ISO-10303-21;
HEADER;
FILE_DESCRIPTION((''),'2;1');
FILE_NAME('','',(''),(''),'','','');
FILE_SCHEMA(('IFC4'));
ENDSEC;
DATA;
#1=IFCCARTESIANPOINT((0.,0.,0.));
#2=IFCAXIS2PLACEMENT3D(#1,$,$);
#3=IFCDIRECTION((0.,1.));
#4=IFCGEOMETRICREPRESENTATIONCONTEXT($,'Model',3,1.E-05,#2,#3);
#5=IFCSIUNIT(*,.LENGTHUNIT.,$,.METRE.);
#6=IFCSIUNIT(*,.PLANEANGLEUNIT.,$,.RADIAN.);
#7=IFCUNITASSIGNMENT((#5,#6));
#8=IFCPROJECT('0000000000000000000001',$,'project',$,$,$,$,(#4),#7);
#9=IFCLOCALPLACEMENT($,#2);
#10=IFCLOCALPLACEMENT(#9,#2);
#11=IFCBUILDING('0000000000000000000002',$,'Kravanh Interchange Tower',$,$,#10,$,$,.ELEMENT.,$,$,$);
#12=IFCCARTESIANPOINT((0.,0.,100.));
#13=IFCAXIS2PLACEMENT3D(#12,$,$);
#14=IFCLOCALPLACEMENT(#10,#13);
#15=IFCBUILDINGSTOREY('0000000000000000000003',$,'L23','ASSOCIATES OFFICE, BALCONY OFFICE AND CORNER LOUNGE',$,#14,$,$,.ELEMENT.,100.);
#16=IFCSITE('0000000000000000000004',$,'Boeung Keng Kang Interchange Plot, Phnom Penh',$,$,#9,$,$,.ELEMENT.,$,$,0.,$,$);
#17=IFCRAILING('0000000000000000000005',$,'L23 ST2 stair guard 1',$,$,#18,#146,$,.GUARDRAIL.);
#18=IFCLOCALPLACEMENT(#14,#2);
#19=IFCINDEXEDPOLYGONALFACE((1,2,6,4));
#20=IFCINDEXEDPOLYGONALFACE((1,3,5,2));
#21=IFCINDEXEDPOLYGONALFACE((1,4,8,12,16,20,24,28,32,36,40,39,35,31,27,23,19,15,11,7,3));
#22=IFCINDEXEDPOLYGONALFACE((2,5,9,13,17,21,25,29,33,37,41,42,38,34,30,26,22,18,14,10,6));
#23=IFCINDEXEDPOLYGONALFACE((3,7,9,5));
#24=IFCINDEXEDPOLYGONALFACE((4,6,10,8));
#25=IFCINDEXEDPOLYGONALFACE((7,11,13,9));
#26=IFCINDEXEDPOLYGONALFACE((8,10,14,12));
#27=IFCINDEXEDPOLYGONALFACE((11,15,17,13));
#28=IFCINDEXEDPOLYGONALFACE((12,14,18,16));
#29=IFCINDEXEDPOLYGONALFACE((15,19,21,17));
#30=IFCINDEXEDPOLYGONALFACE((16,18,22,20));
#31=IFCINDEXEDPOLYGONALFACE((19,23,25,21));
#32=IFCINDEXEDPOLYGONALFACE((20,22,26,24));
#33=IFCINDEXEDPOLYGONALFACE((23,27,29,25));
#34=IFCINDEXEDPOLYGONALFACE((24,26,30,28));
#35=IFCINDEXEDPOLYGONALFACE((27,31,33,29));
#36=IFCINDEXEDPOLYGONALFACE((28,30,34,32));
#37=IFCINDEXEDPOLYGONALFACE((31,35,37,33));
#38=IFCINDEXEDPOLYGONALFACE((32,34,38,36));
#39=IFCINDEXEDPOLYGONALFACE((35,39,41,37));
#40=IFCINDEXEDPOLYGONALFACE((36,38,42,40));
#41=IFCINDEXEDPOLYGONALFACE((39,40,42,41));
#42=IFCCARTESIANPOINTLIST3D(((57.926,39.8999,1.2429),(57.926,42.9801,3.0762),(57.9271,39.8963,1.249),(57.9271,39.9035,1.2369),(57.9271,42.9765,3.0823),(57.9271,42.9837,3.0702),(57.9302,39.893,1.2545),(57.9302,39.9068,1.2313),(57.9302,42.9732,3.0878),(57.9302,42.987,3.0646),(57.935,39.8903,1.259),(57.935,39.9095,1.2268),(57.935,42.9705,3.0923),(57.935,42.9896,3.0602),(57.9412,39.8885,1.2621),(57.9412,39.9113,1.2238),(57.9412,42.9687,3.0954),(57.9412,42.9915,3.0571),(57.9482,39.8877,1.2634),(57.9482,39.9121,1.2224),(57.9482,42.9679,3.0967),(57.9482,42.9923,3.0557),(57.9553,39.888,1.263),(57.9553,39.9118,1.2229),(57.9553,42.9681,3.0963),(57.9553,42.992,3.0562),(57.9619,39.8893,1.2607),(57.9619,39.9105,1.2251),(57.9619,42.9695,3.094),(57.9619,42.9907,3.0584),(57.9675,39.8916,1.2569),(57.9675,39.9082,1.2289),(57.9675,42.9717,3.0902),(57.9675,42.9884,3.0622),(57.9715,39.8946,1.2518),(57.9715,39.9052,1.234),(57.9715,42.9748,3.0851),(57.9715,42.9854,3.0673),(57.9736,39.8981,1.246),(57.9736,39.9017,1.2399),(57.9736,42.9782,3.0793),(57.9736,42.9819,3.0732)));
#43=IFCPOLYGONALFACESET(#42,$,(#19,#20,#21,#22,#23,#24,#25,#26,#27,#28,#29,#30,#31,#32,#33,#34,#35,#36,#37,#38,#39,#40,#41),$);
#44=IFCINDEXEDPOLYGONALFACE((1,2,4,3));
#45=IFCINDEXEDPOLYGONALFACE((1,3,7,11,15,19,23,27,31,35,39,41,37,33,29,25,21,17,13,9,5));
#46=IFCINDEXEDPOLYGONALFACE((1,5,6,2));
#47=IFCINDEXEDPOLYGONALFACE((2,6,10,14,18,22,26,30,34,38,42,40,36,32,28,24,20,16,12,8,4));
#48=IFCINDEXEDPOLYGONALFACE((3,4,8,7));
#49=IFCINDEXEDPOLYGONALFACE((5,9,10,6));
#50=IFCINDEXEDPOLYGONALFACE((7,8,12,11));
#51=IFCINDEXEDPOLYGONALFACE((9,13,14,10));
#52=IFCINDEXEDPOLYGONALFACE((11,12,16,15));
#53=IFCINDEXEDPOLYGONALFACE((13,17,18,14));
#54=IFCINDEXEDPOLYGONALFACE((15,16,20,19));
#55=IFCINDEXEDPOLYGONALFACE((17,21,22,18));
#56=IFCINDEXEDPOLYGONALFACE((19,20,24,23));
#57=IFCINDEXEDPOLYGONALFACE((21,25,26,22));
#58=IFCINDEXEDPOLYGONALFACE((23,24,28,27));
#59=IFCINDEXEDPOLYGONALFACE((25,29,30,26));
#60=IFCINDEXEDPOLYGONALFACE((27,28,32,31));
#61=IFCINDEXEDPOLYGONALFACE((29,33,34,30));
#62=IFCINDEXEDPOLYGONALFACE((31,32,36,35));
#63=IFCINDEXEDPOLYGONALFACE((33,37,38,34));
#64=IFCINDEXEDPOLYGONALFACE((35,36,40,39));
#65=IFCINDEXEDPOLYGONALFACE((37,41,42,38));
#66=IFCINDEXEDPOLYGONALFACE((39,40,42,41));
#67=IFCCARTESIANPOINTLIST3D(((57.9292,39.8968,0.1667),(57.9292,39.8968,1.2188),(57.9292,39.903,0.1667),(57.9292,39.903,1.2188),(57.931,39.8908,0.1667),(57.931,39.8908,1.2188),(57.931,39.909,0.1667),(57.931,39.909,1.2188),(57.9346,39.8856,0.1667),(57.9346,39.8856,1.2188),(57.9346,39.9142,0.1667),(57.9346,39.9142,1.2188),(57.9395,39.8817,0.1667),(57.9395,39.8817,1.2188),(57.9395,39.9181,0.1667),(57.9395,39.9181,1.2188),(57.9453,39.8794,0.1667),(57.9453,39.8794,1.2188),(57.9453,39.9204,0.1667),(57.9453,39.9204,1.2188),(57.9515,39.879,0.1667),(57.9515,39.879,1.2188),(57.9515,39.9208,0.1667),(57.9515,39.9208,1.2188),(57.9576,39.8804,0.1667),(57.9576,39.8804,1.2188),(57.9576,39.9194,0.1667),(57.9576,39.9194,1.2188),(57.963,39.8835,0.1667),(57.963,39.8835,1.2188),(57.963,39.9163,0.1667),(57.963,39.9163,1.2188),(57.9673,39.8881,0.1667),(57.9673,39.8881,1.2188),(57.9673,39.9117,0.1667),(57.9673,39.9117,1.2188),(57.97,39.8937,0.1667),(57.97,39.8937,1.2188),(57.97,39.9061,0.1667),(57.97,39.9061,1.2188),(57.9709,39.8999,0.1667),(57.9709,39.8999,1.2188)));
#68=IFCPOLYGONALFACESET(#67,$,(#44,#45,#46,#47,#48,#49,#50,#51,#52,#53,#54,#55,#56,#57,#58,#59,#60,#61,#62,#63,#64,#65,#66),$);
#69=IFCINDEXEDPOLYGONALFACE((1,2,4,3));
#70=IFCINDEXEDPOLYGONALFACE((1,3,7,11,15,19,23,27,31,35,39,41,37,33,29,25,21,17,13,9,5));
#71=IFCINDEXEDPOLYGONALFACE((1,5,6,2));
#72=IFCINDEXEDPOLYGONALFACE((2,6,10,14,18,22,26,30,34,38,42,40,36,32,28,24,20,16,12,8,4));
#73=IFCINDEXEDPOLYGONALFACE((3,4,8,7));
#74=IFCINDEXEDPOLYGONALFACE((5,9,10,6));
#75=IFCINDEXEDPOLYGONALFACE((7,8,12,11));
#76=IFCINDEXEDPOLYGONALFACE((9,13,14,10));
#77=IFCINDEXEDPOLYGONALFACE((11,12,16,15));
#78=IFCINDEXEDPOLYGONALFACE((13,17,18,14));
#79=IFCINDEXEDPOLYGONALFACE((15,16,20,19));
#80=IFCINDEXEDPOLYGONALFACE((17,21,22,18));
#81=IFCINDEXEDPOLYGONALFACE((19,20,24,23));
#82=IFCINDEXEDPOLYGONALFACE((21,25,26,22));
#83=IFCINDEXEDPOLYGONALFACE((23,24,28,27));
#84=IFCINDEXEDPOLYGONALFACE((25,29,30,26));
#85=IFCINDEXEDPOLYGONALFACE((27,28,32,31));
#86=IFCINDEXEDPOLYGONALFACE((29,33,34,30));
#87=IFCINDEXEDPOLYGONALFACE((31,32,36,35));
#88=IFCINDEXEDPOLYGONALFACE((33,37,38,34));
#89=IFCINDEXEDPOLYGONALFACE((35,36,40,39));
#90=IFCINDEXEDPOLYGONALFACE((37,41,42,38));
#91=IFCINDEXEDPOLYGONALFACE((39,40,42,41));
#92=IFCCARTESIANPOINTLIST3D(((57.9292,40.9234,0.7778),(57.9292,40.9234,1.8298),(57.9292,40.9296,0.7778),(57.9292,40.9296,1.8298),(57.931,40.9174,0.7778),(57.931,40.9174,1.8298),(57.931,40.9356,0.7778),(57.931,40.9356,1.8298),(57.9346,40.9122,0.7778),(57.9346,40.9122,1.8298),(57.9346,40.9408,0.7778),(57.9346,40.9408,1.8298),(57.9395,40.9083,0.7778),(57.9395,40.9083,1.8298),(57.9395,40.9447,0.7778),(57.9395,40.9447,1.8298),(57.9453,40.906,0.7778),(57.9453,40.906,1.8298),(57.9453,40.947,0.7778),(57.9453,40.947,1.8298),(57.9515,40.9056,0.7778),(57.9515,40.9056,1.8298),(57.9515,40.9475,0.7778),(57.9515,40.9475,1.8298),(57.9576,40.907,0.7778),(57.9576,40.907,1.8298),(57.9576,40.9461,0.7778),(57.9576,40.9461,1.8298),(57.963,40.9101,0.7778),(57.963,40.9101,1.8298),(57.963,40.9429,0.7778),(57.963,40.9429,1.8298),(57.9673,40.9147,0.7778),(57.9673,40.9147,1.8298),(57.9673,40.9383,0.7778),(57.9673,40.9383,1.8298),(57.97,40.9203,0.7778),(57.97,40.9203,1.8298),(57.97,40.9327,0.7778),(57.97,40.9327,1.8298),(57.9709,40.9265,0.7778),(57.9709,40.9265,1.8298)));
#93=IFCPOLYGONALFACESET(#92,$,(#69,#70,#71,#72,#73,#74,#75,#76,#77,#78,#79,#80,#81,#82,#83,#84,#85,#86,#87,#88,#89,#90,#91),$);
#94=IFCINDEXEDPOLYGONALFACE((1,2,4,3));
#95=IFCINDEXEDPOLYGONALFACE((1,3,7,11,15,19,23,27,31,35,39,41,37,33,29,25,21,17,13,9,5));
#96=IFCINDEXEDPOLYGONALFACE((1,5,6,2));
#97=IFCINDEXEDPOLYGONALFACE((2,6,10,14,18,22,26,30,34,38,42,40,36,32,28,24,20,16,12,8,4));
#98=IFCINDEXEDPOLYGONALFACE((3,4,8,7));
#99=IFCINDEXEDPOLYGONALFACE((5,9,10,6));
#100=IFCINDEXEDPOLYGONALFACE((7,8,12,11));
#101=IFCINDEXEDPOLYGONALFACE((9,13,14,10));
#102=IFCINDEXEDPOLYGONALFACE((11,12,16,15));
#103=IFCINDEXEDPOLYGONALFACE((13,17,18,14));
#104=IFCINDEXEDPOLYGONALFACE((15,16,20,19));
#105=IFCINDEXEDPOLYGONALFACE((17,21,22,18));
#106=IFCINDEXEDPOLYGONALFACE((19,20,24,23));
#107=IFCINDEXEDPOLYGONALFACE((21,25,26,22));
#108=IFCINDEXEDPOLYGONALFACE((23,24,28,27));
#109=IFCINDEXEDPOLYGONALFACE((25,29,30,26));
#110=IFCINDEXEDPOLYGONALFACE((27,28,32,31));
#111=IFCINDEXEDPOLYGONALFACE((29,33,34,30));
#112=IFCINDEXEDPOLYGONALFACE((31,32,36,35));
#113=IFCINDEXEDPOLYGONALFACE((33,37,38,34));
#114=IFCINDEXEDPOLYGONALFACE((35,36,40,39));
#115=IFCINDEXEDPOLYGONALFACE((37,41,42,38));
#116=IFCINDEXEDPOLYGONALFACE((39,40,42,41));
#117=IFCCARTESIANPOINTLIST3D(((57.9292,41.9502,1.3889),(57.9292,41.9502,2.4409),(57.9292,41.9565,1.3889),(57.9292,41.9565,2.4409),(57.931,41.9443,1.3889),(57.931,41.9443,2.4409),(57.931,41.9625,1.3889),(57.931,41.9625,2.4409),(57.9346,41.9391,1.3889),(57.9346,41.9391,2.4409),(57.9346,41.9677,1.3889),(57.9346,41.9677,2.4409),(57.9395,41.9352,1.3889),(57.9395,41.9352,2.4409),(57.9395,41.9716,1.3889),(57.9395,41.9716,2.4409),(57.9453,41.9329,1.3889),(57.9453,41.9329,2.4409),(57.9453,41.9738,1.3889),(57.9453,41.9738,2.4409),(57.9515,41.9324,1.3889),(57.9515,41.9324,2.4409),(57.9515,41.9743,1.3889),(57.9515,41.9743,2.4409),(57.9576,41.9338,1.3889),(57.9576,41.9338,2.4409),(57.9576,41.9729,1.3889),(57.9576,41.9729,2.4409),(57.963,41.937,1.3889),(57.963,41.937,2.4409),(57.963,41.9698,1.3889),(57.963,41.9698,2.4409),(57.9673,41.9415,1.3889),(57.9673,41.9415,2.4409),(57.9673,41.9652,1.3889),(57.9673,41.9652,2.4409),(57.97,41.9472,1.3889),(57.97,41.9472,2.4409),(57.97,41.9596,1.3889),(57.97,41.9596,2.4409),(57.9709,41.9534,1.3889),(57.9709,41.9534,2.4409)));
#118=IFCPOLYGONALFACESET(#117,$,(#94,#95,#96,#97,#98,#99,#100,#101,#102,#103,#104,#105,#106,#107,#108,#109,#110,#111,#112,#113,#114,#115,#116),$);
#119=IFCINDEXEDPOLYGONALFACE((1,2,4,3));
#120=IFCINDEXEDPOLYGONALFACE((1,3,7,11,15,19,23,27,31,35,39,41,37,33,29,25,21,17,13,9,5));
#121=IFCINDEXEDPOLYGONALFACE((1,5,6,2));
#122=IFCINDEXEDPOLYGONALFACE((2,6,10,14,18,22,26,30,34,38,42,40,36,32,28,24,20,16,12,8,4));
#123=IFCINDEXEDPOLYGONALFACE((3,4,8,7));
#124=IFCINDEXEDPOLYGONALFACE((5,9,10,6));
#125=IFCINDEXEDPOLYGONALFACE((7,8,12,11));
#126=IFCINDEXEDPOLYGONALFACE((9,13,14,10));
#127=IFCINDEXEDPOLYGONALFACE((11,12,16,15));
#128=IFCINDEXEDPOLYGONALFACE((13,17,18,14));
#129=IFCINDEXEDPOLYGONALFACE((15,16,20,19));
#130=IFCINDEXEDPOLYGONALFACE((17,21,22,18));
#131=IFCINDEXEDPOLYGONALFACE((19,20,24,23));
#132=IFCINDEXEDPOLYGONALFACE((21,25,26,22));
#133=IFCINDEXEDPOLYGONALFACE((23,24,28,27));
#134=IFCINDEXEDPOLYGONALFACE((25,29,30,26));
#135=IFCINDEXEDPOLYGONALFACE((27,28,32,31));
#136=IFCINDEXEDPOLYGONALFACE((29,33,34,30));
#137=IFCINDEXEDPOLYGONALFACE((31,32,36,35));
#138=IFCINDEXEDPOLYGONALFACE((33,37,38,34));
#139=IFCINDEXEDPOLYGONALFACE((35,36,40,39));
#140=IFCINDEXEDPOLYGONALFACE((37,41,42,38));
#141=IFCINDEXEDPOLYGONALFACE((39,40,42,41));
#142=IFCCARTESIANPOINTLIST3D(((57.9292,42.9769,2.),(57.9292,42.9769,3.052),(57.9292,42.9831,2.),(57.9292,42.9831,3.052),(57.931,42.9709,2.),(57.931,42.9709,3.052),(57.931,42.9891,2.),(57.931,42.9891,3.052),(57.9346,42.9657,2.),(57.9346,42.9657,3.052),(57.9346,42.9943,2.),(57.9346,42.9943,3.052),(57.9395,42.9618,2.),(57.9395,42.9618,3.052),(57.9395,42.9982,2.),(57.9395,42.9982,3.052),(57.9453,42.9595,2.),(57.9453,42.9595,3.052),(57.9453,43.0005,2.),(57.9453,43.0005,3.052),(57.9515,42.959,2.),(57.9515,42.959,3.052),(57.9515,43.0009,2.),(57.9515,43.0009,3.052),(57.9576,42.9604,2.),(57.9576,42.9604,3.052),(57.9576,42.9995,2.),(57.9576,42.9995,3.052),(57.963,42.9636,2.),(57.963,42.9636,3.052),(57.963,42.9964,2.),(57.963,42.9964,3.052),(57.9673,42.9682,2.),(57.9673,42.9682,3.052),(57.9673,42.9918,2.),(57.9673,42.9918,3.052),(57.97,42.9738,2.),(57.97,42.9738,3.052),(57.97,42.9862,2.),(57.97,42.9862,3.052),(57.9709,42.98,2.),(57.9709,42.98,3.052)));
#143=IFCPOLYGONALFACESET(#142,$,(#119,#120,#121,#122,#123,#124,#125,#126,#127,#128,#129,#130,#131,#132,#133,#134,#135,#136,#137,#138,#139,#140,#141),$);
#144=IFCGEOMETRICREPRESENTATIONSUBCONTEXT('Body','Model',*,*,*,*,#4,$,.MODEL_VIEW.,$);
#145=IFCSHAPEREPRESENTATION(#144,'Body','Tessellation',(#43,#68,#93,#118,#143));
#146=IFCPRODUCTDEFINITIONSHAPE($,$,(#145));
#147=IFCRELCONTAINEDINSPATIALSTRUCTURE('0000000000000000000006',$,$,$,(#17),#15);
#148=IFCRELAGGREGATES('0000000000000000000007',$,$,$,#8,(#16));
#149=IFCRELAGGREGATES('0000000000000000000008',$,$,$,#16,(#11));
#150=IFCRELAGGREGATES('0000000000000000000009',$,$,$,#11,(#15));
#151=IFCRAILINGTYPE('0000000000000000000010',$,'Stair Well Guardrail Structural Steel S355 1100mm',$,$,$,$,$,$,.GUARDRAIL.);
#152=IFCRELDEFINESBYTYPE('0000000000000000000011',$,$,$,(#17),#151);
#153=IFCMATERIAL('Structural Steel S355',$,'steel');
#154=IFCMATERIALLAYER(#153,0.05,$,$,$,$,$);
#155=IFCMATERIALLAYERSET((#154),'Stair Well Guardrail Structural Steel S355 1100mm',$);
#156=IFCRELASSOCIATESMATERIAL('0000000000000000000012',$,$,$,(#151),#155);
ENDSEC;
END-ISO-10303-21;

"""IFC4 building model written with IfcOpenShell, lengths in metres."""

from ifc_helpers import new_model, si_unit, direction, frame, origin, origin_2d, place, context, subcontext, project, spatial, circle, extrude, material, layer, layer_set, type_object, element, save


model = new_model("IFC4")

# Units and contexts
model_context = context("Model", 3, precision=1e-05, world=origin(), true_north=direction((0.0, 1.0)))
body_context = subcontext(model_context, "Body", "Model", "MODEL_VIEW")
ifc_project = project(units=[si_unit("LENGTHUNIT", "METRE"), si_unit("PLANEANGLEUNIT", "RADIAN")], contexts=[model_context])

# Site, building, storey
site_placement = place(None, origin())
site = spatial("IfcSite", under=ifc_project, at=site_placement, Name="Boeung Keng Kang Interchange Plot, Phnom Penh", CompositionType="ELEMENT", RefElevation=0.0)
building_placement = place(site_placement, origin())
building = spatial("IfcBuilding", under=site, at=building_placement, Name="Kravanh Interchange Tower", CompositionType="ELEMENT")
storey_placement = place(building_placement, frame((0.0, 0.0, 100.0)))
storey = spatial("IfcBuildingStorey", under=building, at=storey_placement, Name="L23", Description="ASSOCIATES OFFICE, BALCONY OFFICE AND CORNER LOUNGE", CompositionType="ELEMENT", Elevation=100.0)

# Railing
ifc_material_1 = material(Name="Structural Steel S355", Category="steel")
ifc_layer_1 = layer(ifc_material_1, 0.05)
ifc_layer_set_1 = layer_set([ifc_layer_1], Name="Stair Well Guardrail Structural Steel S355 1100mm")
railing_type_1 = type_object("IfcRailingType", Name="Stair Well Guardrail Structural Steel S355 1100mm", PredefinedType="GUARDRAIL", material=ifc_layer_set_1)
railing_1_placement = place(storey_placement, frame((57.95, 39.8999, 0.1667)))
element("IfcRailing", 1, at=railing_1_placement, inside=storey, type_object=railing_type_1, Name="L23 ST2 stair guard 1", PredefinedType="GUARDRAIL", context=body_context, shape_type="SweptSolid", body=[
    extrude(circle(Radius=0.0239, at=origin_2d()), frame((0.0, 0.0, 1.0762), z_axis=(0.0, 0.859309, 0.511458), x_axis=(-1.0, 0.0, 0.0)), (0.0, 0.0, 1.0), 3.5845),
    extrude(circle(Radius=0.021, at=origin_2d()), origin(), (0.0, 0.0, 1.0), 1.052),
    extrude(circle(Radius=0.021, at=origin_2d()), frame((0.0, 1.0266, 0.6111)), (0.0, 0.0, 1.0), 1.052),
    extrude(circle(Radius=0.021, at=origin_2d()), frame((0.0, 2.0535, 1.2222)), (0.0, 0.0, 1.0), 1.052),
    extrude(circle(Radius=0.021, at=origin_2d()), frame((0.0, 3.0801, 1.8333)), (0.0, 0.0, 1.0), 1.052),
])

save(model, "model.ifc")
